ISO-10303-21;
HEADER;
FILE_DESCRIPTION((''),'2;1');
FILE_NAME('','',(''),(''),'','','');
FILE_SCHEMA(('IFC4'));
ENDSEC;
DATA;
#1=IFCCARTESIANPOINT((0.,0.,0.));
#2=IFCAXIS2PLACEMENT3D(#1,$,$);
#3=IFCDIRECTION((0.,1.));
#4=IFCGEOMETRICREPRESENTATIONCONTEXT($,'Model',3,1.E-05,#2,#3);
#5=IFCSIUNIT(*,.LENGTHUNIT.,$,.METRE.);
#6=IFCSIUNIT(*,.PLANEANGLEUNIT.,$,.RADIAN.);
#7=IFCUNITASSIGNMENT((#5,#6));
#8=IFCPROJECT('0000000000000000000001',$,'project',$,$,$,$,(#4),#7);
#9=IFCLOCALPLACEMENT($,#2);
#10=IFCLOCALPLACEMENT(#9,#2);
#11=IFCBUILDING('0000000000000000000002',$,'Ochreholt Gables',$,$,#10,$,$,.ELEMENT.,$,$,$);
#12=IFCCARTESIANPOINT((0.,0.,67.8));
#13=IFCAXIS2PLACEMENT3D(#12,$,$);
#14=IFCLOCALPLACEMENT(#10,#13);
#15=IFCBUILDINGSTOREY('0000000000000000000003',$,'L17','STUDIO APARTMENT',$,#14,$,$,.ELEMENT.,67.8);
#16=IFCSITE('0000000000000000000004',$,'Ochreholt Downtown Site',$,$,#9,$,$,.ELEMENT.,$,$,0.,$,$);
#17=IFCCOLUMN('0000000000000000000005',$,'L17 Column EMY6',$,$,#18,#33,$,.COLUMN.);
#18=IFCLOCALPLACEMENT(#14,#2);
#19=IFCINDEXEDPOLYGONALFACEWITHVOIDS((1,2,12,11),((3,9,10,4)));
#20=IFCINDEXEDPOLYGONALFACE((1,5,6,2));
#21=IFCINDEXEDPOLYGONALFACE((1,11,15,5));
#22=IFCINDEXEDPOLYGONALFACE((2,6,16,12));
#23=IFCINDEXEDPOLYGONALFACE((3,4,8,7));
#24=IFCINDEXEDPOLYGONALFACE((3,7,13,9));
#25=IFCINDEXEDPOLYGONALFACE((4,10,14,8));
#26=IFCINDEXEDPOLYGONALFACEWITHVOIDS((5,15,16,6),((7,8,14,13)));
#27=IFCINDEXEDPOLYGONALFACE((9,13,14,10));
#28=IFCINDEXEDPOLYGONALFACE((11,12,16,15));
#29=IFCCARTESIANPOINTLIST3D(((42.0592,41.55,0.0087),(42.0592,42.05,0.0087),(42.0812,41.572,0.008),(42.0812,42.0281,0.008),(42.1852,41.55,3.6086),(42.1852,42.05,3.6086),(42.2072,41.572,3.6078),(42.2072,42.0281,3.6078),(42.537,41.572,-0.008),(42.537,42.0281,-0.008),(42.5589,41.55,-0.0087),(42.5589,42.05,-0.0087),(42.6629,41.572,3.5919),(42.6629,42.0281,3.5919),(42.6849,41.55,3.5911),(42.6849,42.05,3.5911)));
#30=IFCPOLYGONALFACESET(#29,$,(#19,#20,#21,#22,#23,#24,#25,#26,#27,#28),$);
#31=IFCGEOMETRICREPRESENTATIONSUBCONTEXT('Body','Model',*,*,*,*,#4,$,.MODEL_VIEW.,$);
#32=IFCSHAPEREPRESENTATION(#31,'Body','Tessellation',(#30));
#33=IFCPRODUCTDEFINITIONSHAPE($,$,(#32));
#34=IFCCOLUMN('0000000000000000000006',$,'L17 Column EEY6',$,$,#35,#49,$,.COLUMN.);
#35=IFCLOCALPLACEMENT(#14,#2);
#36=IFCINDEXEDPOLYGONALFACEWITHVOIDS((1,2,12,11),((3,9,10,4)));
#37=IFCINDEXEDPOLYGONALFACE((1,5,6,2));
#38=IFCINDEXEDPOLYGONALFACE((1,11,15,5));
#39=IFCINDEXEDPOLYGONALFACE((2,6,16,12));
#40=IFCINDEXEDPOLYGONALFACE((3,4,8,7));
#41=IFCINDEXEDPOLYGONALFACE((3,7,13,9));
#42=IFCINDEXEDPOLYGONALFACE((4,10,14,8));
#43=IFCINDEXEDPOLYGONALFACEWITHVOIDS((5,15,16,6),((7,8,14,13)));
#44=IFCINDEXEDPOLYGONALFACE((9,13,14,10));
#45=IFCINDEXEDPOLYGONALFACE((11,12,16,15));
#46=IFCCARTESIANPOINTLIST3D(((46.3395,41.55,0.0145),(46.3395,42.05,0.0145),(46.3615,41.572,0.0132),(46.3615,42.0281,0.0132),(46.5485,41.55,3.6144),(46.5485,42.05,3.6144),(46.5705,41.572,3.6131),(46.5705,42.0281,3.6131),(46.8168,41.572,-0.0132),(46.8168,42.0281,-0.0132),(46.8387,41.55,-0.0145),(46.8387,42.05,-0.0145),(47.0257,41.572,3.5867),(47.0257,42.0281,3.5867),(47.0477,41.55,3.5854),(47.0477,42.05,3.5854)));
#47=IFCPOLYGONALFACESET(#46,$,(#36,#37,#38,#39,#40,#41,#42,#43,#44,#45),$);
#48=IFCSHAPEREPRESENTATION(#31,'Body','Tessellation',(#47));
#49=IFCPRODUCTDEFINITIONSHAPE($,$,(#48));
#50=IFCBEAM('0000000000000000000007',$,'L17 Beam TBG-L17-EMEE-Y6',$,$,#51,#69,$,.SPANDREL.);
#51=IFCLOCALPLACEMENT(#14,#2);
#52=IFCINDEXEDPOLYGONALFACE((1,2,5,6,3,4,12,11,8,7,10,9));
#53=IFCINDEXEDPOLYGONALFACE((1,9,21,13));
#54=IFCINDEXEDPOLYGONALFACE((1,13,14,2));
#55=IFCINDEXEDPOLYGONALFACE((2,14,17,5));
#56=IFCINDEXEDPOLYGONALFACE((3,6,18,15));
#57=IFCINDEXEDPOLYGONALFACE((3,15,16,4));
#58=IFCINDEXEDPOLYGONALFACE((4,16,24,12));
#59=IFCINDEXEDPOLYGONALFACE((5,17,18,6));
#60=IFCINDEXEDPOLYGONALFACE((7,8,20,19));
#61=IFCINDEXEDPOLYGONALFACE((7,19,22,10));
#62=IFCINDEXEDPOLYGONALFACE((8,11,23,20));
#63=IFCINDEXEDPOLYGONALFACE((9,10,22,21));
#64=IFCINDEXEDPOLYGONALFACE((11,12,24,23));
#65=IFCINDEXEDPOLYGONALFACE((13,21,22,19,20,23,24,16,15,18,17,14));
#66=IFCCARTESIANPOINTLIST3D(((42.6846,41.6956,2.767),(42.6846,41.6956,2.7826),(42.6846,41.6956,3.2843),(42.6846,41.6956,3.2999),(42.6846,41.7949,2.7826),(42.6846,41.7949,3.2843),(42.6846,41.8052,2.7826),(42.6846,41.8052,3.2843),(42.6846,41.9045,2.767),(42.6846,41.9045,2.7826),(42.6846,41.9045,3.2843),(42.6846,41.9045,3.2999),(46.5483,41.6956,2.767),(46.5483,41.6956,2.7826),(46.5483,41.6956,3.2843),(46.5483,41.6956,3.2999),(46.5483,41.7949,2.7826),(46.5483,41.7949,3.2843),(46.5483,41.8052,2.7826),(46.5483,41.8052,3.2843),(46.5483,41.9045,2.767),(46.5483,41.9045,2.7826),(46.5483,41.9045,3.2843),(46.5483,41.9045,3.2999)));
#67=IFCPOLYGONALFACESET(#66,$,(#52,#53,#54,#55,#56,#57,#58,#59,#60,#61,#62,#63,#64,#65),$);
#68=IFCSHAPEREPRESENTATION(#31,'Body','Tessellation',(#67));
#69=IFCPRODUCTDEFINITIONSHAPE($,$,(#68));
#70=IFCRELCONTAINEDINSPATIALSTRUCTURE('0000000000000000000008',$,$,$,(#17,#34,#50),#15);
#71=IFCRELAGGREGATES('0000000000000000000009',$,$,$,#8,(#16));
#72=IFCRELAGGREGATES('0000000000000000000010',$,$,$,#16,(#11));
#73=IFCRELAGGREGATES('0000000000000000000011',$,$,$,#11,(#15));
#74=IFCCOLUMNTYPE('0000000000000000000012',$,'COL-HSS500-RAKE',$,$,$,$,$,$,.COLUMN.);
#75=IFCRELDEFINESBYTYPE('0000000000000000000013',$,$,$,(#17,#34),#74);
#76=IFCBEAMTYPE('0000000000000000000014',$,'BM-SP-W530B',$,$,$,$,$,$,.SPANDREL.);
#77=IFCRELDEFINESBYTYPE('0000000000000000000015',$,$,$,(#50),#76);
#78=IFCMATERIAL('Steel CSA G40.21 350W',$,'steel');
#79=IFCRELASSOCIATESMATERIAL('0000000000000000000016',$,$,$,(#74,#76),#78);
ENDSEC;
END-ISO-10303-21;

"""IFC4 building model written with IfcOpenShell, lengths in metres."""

from ifc_helpers import new_model, si_unit, direction, frame, origin, origin_2d, place, context, subcontext, project, spatial, hollow_rectangle, i_section, extrude, material, material_profile, profile_set, type_object, element, save


model = new_model("IFC4")

# Units and contexts
model_context = context("Model", 3, precision=1e-05, world=origin(), true_north=direction((0.0, 1.0)))
body_context = subcontext(model_context, "Body", "Model", "MODEL_VIEW")
ifc_project = project(units=[si_unit("LENGTHUNIT", "METRE"), si_unit("PLANEANGLEUNIT", "RADIAN")], contexts=[model_context])

# Site, building, storey
site_placement = place(None, origin())
site = spatial("IfcSite", under=ifc_project, at=site_placement, Name="Ochreholt Downtown Site", CompositionType="ELEMENT", RefElevation=0.0)
building_placement = place(site_placement, origin())
building = spatial("IfcBuilding", under=site, at=building_placement, Name="Ochreholt Gables", CompositionType="ELEMENT")
storey_placement = place(building_placement, frame((0.0, 0.0, 67.8)))
storey = spatial("IfcBuildingStorey", under=building, at=storey_placement, Name="L17", Description="STUDIO APARTMENT", CompositionType="ELEMENT", Elevation=67.8)

# Columns
ifc_material_1 = material(Name="Steel CSA G40.21 350W", Category="steel")
ifc_material_profile_1 = material_profile(ifc_material_1, hollow_rectangle(XDim=0.5, YDim=0.5, WallThickness=0.022, at=origin_2d()), Name="HSS500X500X22")
ifc_profile_set_1 = profile_set([ifc_material_profile_1], Name="Steel CSA G40.21 350W")
column_type = type_object("IfcColumnType", Name="COL-HSS500-RAKE", PredefinedType="COLUMN", material=ifc_profile_set_1)
column_1_placement = place(storey_placement, frame((42.3091, 41.8, 0.0), z_axis=(0.034974, 0.0, 0.999388), x_axis=(0.0, 1.0, 0.0)))
element("IfcColumn", 1, at=column_1_placement, inside=storey, type_object=column_type, Name="L17 Column EMY6", PredefinedType="COLUMN", context=body_context, shape_type="SweptSolid", body=[
    extrude(hollow_rectangle(XDim=0.5, YDim=0.5, WallThickness=0.022, at=origin_2d()), origin(), (0.0, 0.0, 1.0), 3.6021),
])
column_2_placement = place(storey_placement, frame((46.5891, 41.8, 0.0), z_axis=(0.057956, 0.0, 0.998319), x_axis=(0.0, 1.0, 0.0)))
element("IfcColumn", 2, at=column_2_placement, inside=storey, type_object=column_type, Name="L17 Column EEY6", PredefinedType="COLUMN", context=body_context, shape_type="SweptSolid", body=[
    extrude(hollow_rectangle(XDim=0.5, YDim=0.5, WallThickness=0.022, at=origin_2d()), origin(), (0.0, 0.0, 1.0), 3.606),
])

# Beam
ifc_material_profile_2 = material_profile(ifc_material_1, i_section(OverallWidth=0.209, OverallDepth=0.533, WebThickness=0.0103, FlangeThickness=0.0156, at=origin_2d()), Name="W530X92")
ifc_profile_set_2 = profile_set([ifc_material_profile_2], Name="Steel CSA G40.21 350W")
beam_type = type_object("IfcBeamType", Name="BM-SP-W530B", PredefinedType="SPANDREL", material=ifc_profile_set_2)
beam_placement = place(storey_placement, frame((42.6846, 41.8, 3.0334), z_axis=(1.0, 0.0, 0.0), x_axis=(0.0, 1.0, 0.0)))
element("IfcBeam", 3, at=beam_placement, inside=storey, type_object=beam_type, Name="L17 Beam TBG-L17-EMEE-Y6", PredefinedType="SPANDREL", context=body_context, shape_type="SweptSolid", body=[
    extrude(i_section(OverallWidth=0.209, OverallDepth=0.533, WebThickness=0.0103, FlangeThickness=0.0156, at=origin_2d()), origin(), (0.0, 0.0, 1.0), 3.8638),
])

save(model, "model.ifc")
